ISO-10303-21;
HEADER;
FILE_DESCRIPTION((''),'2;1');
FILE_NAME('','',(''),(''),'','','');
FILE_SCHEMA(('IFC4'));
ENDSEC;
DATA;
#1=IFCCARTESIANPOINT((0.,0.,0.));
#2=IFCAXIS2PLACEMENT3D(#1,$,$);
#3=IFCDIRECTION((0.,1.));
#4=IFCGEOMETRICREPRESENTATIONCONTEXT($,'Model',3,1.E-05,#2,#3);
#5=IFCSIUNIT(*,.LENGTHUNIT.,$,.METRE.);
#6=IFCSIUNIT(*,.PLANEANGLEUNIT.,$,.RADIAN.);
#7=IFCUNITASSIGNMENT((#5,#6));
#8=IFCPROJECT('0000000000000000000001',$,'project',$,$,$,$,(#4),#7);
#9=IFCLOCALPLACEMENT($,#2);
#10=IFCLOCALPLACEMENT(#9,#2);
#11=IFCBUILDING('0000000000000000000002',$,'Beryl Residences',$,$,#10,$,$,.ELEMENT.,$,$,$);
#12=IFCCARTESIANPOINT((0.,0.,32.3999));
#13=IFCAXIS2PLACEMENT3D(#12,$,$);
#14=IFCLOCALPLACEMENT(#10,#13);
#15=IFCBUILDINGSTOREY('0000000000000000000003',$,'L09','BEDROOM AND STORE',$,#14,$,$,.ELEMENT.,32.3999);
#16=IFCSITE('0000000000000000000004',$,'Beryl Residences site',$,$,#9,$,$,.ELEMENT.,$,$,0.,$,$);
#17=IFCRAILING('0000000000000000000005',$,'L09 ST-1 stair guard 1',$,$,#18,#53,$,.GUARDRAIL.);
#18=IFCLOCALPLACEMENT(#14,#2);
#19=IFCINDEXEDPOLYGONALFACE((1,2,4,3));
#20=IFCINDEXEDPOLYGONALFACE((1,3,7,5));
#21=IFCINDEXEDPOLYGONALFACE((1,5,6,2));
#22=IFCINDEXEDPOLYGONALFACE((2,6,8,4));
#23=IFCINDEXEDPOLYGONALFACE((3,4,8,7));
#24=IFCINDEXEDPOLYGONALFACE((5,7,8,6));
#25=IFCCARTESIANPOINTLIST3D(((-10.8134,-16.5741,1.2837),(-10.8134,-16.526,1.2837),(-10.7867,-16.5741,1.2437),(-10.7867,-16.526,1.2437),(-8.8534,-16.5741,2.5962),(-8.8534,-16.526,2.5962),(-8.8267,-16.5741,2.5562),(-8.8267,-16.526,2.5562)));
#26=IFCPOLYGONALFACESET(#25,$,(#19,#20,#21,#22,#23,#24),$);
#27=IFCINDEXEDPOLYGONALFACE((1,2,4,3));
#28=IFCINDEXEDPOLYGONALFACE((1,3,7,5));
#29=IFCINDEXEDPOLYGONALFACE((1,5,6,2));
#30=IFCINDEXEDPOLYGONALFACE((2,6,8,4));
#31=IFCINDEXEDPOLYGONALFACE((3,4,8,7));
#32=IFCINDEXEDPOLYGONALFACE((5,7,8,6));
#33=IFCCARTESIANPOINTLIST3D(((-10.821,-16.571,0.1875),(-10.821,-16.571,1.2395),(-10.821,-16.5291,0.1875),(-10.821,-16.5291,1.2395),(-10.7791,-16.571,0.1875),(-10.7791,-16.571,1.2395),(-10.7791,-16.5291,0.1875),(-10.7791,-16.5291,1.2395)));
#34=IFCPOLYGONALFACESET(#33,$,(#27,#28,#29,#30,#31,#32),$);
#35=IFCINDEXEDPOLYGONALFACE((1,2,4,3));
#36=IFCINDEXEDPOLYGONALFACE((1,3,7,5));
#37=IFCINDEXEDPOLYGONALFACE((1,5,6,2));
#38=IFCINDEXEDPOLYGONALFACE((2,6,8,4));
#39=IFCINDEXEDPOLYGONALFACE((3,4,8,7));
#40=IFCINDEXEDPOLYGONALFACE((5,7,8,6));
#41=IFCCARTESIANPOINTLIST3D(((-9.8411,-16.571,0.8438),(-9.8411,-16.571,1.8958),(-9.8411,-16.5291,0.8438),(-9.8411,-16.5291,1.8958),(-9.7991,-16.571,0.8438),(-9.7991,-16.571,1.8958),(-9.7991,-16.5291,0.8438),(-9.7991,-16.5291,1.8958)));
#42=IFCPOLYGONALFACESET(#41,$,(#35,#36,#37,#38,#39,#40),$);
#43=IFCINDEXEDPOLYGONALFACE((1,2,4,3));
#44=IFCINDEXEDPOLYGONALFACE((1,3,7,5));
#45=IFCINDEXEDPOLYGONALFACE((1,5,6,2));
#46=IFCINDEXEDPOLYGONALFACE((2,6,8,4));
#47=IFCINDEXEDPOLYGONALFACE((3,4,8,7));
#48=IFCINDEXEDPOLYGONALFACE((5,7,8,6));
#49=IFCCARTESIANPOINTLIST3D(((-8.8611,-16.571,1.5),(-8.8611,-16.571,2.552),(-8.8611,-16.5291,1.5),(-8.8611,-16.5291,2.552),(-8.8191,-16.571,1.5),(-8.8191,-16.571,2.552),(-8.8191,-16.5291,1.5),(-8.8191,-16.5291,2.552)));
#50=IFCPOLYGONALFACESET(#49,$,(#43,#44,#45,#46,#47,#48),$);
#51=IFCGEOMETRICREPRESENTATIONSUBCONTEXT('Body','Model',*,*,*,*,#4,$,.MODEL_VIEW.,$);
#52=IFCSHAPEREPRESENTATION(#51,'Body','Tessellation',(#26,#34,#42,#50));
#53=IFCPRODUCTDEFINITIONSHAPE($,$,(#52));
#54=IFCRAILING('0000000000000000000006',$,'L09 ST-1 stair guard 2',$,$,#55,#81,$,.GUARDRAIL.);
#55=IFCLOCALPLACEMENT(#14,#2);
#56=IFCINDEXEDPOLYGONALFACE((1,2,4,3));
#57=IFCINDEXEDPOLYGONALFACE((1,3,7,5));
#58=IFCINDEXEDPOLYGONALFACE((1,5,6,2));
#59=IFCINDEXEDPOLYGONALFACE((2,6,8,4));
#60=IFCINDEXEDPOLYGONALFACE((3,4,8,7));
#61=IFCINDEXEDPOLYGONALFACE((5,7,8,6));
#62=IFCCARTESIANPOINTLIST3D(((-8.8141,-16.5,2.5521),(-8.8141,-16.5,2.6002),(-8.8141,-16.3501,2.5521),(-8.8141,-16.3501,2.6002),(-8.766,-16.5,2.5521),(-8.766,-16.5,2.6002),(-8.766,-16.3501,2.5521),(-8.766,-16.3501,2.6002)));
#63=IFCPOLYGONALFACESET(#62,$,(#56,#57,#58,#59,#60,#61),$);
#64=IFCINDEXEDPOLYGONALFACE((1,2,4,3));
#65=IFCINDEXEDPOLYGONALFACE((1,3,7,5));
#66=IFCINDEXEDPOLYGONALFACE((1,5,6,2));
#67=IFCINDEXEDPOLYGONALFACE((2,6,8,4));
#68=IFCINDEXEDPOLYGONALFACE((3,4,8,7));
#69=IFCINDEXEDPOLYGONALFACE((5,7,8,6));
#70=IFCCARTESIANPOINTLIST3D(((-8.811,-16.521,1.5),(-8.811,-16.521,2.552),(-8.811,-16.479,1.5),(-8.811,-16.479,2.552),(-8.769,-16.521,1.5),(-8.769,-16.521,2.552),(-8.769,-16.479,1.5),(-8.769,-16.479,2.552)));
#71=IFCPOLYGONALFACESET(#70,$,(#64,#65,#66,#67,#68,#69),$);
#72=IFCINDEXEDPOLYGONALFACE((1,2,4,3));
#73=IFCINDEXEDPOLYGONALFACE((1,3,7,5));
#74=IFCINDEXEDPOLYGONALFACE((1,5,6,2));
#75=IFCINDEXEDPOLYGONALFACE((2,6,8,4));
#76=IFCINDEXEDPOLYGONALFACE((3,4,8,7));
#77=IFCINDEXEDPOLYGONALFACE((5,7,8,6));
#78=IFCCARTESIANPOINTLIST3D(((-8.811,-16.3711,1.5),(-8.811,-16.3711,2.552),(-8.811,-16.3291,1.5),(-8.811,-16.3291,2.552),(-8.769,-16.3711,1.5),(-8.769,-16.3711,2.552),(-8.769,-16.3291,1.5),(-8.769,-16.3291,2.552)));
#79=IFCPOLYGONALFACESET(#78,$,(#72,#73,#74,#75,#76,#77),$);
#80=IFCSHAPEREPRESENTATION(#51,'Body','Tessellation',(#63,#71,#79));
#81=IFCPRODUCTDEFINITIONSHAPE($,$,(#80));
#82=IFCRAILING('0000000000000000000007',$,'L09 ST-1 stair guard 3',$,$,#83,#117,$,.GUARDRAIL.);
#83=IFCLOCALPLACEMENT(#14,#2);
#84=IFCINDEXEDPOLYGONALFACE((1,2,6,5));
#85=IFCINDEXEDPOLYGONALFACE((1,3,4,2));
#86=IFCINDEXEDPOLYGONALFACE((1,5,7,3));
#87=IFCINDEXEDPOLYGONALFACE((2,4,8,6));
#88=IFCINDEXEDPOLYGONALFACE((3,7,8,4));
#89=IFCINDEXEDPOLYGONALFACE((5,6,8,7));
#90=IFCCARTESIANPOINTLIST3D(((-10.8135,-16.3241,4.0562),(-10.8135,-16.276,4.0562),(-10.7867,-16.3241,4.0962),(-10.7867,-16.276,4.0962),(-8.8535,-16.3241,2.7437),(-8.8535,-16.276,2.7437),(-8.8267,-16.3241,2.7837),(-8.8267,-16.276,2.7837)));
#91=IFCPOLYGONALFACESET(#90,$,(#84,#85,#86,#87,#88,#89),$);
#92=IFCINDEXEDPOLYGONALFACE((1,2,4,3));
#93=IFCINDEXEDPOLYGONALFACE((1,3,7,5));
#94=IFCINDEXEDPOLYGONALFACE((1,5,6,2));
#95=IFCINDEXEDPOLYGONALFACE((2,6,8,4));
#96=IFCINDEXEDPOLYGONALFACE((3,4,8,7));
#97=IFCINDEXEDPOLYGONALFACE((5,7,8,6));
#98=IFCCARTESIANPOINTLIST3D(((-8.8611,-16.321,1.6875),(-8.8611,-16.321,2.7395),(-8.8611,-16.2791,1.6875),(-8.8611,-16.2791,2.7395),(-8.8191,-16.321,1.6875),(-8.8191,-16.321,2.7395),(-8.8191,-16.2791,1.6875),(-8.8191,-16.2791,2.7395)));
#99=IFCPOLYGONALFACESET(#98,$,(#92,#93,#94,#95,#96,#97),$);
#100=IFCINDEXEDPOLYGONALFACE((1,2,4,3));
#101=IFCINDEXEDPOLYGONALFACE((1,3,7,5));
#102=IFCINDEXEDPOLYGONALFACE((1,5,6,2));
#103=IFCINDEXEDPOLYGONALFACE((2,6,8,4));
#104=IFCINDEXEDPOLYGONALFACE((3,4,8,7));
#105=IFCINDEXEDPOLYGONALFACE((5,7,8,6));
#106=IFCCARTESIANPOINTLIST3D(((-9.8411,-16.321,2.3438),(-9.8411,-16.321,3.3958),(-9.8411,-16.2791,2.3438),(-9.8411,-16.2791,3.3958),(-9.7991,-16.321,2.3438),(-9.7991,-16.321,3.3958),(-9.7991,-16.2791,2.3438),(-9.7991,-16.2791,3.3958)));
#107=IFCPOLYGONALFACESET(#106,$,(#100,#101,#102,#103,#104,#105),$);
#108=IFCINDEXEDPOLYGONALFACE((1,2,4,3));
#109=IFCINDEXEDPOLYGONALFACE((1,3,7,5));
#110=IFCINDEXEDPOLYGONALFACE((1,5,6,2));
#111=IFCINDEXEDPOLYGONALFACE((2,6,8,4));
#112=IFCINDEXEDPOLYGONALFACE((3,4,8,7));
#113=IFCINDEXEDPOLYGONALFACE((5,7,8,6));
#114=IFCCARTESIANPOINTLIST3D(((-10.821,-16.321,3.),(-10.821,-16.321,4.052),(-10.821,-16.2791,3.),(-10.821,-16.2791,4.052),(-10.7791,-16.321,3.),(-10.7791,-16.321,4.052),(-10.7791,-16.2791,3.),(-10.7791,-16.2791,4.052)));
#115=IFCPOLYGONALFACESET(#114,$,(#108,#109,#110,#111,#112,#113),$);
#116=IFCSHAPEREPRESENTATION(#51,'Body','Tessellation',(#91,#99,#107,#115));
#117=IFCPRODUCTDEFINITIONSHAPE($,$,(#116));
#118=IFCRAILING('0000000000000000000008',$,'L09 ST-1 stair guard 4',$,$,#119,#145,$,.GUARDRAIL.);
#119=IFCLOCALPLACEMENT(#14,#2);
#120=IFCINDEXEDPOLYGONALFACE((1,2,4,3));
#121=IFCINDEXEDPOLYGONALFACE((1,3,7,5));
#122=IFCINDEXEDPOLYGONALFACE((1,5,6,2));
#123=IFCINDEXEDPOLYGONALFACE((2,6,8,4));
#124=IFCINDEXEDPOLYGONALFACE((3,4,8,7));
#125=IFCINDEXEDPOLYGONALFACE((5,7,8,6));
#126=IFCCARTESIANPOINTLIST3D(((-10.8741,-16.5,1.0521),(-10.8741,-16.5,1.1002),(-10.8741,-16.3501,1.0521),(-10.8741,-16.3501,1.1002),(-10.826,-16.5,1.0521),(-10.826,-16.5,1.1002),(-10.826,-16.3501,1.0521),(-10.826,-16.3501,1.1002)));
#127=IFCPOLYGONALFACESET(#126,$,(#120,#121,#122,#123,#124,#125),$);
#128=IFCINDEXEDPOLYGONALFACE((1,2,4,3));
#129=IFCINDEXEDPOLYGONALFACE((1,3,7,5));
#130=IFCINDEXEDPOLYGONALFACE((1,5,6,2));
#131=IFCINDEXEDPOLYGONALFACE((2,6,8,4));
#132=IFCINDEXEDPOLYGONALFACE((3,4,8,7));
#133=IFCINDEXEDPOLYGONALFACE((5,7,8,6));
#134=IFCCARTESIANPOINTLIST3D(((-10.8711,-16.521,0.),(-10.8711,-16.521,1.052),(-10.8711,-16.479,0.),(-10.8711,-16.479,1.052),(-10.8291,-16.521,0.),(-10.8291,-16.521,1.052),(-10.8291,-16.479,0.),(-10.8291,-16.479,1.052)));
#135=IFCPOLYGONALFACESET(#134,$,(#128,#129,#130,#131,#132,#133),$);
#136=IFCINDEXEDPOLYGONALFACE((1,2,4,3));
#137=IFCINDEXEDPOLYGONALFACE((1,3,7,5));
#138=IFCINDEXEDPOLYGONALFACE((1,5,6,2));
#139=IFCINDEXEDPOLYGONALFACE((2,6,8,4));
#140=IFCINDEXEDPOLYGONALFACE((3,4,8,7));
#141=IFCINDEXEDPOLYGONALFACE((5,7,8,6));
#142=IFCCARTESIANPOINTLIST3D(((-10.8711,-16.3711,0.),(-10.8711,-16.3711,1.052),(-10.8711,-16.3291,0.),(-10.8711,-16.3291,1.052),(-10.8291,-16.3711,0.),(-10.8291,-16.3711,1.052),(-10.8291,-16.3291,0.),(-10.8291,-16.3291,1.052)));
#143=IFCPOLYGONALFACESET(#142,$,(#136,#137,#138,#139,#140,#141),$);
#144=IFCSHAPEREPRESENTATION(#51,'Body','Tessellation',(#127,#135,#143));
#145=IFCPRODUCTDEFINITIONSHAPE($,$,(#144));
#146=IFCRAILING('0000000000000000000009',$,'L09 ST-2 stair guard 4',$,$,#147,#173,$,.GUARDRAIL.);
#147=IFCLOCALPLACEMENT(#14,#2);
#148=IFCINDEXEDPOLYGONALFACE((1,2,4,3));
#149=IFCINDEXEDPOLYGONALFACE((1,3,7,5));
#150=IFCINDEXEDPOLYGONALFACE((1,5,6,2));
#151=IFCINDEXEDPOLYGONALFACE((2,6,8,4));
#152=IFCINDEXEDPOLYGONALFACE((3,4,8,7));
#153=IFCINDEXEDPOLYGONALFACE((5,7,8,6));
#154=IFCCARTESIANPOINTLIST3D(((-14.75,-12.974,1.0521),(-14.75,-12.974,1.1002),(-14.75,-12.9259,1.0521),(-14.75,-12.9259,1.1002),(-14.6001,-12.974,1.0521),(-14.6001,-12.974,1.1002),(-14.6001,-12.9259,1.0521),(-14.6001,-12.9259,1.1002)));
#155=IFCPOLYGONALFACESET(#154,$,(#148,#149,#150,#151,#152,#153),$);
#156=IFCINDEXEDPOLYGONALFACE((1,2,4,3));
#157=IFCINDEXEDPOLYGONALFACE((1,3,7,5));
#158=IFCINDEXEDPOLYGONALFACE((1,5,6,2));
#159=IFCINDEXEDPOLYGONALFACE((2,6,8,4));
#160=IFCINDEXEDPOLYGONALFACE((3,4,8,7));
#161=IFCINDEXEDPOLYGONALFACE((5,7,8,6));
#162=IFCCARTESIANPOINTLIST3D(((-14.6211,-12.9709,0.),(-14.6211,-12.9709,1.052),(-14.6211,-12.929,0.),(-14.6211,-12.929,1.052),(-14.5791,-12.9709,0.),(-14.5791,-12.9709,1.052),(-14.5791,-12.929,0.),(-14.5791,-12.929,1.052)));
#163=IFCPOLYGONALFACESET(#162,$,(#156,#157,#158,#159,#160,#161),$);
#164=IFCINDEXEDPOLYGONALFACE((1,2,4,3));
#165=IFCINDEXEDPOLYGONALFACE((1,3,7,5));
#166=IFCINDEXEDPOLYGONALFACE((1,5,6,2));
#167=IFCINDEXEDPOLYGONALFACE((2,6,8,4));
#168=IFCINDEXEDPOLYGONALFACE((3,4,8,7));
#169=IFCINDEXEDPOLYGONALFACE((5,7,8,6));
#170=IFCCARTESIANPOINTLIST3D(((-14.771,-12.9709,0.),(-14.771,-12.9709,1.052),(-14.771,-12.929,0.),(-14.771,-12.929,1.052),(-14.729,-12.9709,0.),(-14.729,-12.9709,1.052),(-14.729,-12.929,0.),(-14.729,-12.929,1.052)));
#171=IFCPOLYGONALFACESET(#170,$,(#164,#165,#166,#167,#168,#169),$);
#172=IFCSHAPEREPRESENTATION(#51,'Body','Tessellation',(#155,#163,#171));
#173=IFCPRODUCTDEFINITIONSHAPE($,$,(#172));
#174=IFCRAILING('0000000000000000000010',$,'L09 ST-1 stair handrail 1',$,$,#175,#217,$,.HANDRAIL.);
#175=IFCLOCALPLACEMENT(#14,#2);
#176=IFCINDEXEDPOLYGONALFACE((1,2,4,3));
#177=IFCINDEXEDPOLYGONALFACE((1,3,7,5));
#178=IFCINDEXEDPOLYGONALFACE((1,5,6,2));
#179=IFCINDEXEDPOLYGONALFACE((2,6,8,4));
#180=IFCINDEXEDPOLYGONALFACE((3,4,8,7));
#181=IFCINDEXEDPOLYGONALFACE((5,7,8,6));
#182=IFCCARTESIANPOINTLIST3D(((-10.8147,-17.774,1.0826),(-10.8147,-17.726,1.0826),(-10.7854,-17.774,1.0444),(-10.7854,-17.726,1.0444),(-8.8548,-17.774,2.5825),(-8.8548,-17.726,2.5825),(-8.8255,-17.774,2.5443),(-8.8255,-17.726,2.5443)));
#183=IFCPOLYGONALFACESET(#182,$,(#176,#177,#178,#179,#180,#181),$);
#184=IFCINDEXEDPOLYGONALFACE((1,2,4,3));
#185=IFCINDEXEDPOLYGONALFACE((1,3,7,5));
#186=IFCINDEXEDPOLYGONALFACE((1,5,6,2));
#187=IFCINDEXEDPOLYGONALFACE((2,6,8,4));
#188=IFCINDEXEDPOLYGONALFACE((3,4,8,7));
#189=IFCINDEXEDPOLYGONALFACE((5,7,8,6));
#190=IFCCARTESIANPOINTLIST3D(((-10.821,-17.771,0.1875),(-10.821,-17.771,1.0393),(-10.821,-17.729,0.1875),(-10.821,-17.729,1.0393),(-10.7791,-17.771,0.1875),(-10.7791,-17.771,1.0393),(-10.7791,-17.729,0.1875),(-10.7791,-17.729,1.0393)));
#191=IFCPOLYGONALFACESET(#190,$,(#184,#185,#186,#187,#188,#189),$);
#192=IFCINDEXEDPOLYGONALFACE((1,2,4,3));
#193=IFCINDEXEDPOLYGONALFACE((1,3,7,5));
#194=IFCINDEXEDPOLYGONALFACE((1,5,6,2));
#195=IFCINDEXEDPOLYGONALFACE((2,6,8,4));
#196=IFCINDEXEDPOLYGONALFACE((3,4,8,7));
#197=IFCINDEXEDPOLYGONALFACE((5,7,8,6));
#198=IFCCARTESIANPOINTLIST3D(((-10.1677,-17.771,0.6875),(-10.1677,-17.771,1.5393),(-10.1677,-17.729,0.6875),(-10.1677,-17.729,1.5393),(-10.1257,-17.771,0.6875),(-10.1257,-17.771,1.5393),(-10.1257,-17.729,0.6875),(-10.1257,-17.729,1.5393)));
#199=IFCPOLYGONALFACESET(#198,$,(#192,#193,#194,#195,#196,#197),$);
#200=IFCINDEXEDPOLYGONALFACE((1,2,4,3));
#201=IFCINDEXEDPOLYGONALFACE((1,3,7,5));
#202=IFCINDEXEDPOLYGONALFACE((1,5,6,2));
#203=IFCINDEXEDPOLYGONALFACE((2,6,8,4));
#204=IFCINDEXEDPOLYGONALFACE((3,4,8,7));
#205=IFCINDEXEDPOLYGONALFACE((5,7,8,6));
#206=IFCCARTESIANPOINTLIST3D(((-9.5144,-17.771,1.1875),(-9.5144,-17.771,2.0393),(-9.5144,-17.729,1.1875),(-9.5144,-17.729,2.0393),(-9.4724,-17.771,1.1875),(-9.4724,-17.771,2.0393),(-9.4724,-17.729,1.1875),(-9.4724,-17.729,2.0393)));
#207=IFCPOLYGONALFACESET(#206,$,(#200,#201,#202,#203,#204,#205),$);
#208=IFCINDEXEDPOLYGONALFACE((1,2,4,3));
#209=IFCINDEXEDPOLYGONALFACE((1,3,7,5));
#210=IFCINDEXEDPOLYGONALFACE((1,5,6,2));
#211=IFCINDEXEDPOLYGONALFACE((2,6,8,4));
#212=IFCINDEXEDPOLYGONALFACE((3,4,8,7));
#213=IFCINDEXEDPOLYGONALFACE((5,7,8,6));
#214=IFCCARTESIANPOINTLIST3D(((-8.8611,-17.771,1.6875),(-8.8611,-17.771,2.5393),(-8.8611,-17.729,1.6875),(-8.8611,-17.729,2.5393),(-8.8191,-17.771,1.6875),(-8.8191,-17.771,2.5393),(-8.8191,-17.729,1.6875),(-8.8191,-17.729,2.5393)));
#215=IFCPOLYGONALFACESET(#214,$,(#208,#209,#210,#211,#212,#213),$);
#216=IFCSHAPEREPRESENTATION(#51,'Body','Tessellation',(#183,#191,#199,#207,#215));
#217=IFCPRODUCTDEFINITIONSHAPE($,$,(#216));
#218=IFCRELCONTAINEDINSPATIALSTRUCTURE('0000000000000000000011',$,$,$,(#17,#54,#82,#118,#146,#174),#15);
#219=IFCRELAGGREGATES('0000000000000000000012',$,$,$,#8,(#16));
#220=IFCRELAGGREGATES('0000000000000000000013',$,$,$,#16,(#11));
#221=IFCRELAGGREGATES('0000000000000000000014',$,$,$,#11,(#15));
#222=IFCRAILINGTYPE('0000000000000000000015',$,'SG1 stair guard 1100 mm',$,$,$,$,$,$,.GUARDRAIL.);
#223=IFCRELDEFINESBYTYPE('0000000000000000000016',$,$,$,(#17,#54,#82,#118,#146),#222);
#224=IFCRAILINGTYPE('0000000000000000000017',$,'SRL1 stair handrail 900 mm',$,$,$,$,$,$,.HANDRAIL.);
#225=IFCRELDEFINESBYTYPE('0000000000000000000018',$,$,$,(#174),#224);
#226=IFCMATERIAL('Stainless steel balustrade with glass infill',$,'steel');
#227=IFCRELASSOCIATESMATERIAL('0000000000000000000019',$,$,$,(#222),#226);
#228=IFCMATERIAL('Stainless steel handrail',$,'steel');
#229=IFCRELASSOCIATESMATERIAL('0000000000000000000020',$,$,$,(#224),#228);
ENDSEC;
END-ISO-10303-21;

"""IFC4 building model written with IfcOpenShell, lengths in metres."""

from ifc_helpers import new_model, si_unit, direction, frame, origin, origin_2d, place, context, subcontext, project, spatial, rectangle, extrude, material, type_object, element, save


model = new_model("IFC4")

# Units and contexts
model_context = context("Model", 3, precision=1e-05, world=origin(), true_north=direction((0.0, 1.0)))
body_context = subcontext(model_context, "Body", "Model", "MODEL_VIEW")
ifc_project = project(units=[si_unit("LENGTHUNIT", "METRE"), si_unit("PLANEANGLEUNIT", "RADIAN")], contexts=[model_context])

# Site, building, storey
site_placement = place(None, origin())
site = spatial("IfcSite", under=ifc_project, at=site_placement, Name="Beryl Residences site", CompositionType="ELEMENT", RefElevation=0.0)
building_placement = place(site_placement, origin())
building = spatial("IfcBuilding", under=site, at=building_placement, Name="Beryl Residences", CompositionType="ELEMENT")
storey_placement = place(building_placement, frame((0.0, 0.0, 32.3999)))
storey = spatial("IfcBuildingStorey", under=building, at=storey_placement, Name="L09", Description="BEDROOM AND STORE", CompositionType="ELEMENT", Elevation=32.3999)

# Railings
ifc_material_1 = material(Name="Stainless steel balustrade with glass infill", Category="steel")
railing_type_1 = type_object("IfcRailingType", Name="SG1 stair guard 1100 mm", PredefinedType="GUARDRAIL", material=ifc_material_1)
railing_1_placement = place(storey_placement, frame((-10.8, -16.55, 0.1875)))
element("IfcRailing", 1, at=railing_1_placement, inside=storey, type_object=railing_type_1, Name="L09 ST-1 stair guard 1", PredefinedType="GUARDRAIL", context=body_context, shape_type="SweptSolid", body=[
    extrude(rectangle(XDim=0.0481, YDim=0.0481, at=origin_2d()), frame((0.0, 0.0, 1.0762), z_axis=(0.830902, 0.0, 0.556419), x_axis=(0.0, 1.0, 0.0)), (0.0, 0.0, 1.0), 2.3589),
    extrude(rectangle(XDim=0.042, YDim=0.042, at=origin_2d()), origin(), (0.0, 0.0, 1.0), 1.052),
    extrude(rectangle(XDim=0.042, YDim=0.042, at=origin_2d()), frame((0.98, 0.0, 0.6562)), (0.0, 0.0, 1.0), 1.052),
    extrude(rectangle(XDim=0.042, YDim=0.042, at=origin_2d()), frame((1.96, 0.0, 1.3125)), (0.0, 0.0, 1.0), 1.052),
])
railing_2_placement = place(storey_placement, frame((-8.79, -16.5, 1.5)))
element("IfcRailing", 2, at=railing_2_placement, inside=storey, type_object=railing_type_1, Name="L09 ST-1 stair guard 2", PredefinedType="GUARDRAIL", context=body_context, shape_type="SweptSolid", body=[
    extrude(rectangle(XDim=0.0481, YDim=0.0481, at=origin_2d()), frame((0.0, 0.0, 1.0762), z_axis=(0.0, 1.0, 0.0), x_axis=(-1.0, 0.0, 0.0)), (0.0, 0.0, 1.0), 0.1499),
    extrude(rectangle(XDim=0.042, YDim=0.042, at=origin_2d()), origin(), (0.0, 0.0, 1.0), 1.052),
    extrude(rectangle(XDim=0.042, YDim=0.042, at=origin_2d()), frame((0.0, 0.1499, 0.0)), (0.0, 0.0, 1.0), 1.052),
])
railing_3_placement = place(storey_placement, frame((-8.8401, -16.3, 1.6875)))
element("IfcRailing", 3, at=railing_3_placement, inside=storey, type_object=railing_type_1, Name="L09 ST-1 stair guard 3", PredefinedType="GUARDRAIL", context=body_context, shape_type="SweptSolid", body=[
    extrude(rectangle(XDim=0.0481, YDim=0.0481, at=origin_2d()), frame((0.0, 0.0, 1.0762), z_axis=(-0.830902, 0.0, 0.556419), x_axis=(0.0, -1.0, 0.0)), (0.0, 0.0, 1.0), 2.3589),
    extrude(rectangle(XDim=0.042, YDim=0.042, at=origin_2d()), origin(), (0.0, 0.0, 1.0), 1.052),
    extrude(rectangle(XDim=0.042, YDim=0.042, at=origin_2d()), frame((-0.98, 0.0, 0.6562)), (0.0, 0.0, 1.0), 1.052),
    extrude(rectangle(XDim=0.042, YDim=0.042, at=origin_2d()), frame((-1.96, 0.0, 1.3125)), (0.0, 0.0, 1.0), 1.052),
])
railing_4_placement = place(storey_placement, frame((-10.8501, -16.5, 0.0)))
element("IfcRailing", 4, at=railing_4_placement, inside=storey, type_object=railing_type_1, Name="L09 ST-1 stair guard 4", PredefinedType="GUARDRAIL", context=body_context, shape_type="SweptSolid", body=[
    extrude(rectangle(XDim=0.0481, YDim=0.0481, at=origin_2d()), frame((0.0, 0.0, 1.0762), z_axis=(0.0, 1.0, 0.0), x_axis=(-1.0, 0.0, 0.0)), (0.0, 0.0, 1.0), 0.1499),
    extrude(rectangle(XDim=0.042, YDim=0.042, at=origin_2d()), origin(), (0.0, 0.0, 1.0), 1.052),
    extrude(rectangle(XDim=0.042, YDim=0.042, at=origin_2d()), frame((0.0, 0.1499, 0.0)), (0.0, 0.0, 1.0), 1.052),
])
railing_5_placement = place(storey_placement, frame((-14.6001, -12.95, 0.0)))
element("IfcRailing", 5, at=railing_5_placement, inside=storey, type_object=railing_type_1, Name="L09 ST-2 stair guard 4", PredefinedType="GUARDRAIL", context=body_context, shape_type="SweptSolid", body=[
    extrude(rectangle(XDim=0.0481, YDim=0.0481, at=origin_2d()), frame((0.0, 0.0, 1.0762), z_axis=(-1.0, 0.0, 0.0), x_axis=(0.0, -1.0, 0.0)), (0.0, 0.0, 1.0), 0.1499),
    extrude(rectangle(XDim=0.042, YDim=0.042, at=origin_2d()), origin(), (0.0, 0.0, 1.0), 1.052),
    extrude(rectangle(XDim=0.042, YDim=0.042, at=origin_2d()), frame((-0.1499, 0.0, 0.0)), (0.0, 0.0, 1.0), 1.052),
])
ifc_material_2 = material(Name="Stainless steel handrail", Category="steel")
railing_type_2 = type_object("IfcRailingType", Name="SRL1 stair handrail 900 mm", PredefinedType="HANDRAIL", material=ifc_material_2)
railing_6_placement = place(storey_placement, frame((-10.8, -17.75, 0.1875)))
element("IfcRailing", 6, at=railing_6_placement, inside=storey, type_object=railing_type_2, Name="L09 ST-1 stair handrail 1", PredefinedType="HANDRAIL", context=body_context, shape_type="SweptSolid", body=[
    extrude(rectangle(XDim=0.0481, YDim=0.0481, at=origin_2d()), frame((0.0, 0.0, 0.876), z_axis=(0.794122, 0.0, 0.607758), x_axis=(0.0, 1.0, 0.0)), (0.0, 0.0, 1.0), 2.468),
    extrude(rectangle(XDim=0.042, YDim=0.042, at=origin_2d()), origin(), (0.0, 0.0, 1.0), 0.8518),
    extrude(rectangle(XDim=0.042, YDim=0.042, at=origin_2d()), frame((0.6533, 0.0, 0.5)), (0.0, 0.0, 1.0), 0.8518),
    extrude(rectangle(XDim=0.042, YDim=0.042, at=origin_2d()), frame((1.3066, 0.0, 1.0)), (0.0, 0.0, 1.0), 0.8518),
    extrude(rectangle(XDim=0.042, YDim=0.042, at=origin_2d()), frame((1.96, 0.0, 1.5)), (0.0, 0.0, 1.0), 0.8518),
])

save(model, "model.ifc")
